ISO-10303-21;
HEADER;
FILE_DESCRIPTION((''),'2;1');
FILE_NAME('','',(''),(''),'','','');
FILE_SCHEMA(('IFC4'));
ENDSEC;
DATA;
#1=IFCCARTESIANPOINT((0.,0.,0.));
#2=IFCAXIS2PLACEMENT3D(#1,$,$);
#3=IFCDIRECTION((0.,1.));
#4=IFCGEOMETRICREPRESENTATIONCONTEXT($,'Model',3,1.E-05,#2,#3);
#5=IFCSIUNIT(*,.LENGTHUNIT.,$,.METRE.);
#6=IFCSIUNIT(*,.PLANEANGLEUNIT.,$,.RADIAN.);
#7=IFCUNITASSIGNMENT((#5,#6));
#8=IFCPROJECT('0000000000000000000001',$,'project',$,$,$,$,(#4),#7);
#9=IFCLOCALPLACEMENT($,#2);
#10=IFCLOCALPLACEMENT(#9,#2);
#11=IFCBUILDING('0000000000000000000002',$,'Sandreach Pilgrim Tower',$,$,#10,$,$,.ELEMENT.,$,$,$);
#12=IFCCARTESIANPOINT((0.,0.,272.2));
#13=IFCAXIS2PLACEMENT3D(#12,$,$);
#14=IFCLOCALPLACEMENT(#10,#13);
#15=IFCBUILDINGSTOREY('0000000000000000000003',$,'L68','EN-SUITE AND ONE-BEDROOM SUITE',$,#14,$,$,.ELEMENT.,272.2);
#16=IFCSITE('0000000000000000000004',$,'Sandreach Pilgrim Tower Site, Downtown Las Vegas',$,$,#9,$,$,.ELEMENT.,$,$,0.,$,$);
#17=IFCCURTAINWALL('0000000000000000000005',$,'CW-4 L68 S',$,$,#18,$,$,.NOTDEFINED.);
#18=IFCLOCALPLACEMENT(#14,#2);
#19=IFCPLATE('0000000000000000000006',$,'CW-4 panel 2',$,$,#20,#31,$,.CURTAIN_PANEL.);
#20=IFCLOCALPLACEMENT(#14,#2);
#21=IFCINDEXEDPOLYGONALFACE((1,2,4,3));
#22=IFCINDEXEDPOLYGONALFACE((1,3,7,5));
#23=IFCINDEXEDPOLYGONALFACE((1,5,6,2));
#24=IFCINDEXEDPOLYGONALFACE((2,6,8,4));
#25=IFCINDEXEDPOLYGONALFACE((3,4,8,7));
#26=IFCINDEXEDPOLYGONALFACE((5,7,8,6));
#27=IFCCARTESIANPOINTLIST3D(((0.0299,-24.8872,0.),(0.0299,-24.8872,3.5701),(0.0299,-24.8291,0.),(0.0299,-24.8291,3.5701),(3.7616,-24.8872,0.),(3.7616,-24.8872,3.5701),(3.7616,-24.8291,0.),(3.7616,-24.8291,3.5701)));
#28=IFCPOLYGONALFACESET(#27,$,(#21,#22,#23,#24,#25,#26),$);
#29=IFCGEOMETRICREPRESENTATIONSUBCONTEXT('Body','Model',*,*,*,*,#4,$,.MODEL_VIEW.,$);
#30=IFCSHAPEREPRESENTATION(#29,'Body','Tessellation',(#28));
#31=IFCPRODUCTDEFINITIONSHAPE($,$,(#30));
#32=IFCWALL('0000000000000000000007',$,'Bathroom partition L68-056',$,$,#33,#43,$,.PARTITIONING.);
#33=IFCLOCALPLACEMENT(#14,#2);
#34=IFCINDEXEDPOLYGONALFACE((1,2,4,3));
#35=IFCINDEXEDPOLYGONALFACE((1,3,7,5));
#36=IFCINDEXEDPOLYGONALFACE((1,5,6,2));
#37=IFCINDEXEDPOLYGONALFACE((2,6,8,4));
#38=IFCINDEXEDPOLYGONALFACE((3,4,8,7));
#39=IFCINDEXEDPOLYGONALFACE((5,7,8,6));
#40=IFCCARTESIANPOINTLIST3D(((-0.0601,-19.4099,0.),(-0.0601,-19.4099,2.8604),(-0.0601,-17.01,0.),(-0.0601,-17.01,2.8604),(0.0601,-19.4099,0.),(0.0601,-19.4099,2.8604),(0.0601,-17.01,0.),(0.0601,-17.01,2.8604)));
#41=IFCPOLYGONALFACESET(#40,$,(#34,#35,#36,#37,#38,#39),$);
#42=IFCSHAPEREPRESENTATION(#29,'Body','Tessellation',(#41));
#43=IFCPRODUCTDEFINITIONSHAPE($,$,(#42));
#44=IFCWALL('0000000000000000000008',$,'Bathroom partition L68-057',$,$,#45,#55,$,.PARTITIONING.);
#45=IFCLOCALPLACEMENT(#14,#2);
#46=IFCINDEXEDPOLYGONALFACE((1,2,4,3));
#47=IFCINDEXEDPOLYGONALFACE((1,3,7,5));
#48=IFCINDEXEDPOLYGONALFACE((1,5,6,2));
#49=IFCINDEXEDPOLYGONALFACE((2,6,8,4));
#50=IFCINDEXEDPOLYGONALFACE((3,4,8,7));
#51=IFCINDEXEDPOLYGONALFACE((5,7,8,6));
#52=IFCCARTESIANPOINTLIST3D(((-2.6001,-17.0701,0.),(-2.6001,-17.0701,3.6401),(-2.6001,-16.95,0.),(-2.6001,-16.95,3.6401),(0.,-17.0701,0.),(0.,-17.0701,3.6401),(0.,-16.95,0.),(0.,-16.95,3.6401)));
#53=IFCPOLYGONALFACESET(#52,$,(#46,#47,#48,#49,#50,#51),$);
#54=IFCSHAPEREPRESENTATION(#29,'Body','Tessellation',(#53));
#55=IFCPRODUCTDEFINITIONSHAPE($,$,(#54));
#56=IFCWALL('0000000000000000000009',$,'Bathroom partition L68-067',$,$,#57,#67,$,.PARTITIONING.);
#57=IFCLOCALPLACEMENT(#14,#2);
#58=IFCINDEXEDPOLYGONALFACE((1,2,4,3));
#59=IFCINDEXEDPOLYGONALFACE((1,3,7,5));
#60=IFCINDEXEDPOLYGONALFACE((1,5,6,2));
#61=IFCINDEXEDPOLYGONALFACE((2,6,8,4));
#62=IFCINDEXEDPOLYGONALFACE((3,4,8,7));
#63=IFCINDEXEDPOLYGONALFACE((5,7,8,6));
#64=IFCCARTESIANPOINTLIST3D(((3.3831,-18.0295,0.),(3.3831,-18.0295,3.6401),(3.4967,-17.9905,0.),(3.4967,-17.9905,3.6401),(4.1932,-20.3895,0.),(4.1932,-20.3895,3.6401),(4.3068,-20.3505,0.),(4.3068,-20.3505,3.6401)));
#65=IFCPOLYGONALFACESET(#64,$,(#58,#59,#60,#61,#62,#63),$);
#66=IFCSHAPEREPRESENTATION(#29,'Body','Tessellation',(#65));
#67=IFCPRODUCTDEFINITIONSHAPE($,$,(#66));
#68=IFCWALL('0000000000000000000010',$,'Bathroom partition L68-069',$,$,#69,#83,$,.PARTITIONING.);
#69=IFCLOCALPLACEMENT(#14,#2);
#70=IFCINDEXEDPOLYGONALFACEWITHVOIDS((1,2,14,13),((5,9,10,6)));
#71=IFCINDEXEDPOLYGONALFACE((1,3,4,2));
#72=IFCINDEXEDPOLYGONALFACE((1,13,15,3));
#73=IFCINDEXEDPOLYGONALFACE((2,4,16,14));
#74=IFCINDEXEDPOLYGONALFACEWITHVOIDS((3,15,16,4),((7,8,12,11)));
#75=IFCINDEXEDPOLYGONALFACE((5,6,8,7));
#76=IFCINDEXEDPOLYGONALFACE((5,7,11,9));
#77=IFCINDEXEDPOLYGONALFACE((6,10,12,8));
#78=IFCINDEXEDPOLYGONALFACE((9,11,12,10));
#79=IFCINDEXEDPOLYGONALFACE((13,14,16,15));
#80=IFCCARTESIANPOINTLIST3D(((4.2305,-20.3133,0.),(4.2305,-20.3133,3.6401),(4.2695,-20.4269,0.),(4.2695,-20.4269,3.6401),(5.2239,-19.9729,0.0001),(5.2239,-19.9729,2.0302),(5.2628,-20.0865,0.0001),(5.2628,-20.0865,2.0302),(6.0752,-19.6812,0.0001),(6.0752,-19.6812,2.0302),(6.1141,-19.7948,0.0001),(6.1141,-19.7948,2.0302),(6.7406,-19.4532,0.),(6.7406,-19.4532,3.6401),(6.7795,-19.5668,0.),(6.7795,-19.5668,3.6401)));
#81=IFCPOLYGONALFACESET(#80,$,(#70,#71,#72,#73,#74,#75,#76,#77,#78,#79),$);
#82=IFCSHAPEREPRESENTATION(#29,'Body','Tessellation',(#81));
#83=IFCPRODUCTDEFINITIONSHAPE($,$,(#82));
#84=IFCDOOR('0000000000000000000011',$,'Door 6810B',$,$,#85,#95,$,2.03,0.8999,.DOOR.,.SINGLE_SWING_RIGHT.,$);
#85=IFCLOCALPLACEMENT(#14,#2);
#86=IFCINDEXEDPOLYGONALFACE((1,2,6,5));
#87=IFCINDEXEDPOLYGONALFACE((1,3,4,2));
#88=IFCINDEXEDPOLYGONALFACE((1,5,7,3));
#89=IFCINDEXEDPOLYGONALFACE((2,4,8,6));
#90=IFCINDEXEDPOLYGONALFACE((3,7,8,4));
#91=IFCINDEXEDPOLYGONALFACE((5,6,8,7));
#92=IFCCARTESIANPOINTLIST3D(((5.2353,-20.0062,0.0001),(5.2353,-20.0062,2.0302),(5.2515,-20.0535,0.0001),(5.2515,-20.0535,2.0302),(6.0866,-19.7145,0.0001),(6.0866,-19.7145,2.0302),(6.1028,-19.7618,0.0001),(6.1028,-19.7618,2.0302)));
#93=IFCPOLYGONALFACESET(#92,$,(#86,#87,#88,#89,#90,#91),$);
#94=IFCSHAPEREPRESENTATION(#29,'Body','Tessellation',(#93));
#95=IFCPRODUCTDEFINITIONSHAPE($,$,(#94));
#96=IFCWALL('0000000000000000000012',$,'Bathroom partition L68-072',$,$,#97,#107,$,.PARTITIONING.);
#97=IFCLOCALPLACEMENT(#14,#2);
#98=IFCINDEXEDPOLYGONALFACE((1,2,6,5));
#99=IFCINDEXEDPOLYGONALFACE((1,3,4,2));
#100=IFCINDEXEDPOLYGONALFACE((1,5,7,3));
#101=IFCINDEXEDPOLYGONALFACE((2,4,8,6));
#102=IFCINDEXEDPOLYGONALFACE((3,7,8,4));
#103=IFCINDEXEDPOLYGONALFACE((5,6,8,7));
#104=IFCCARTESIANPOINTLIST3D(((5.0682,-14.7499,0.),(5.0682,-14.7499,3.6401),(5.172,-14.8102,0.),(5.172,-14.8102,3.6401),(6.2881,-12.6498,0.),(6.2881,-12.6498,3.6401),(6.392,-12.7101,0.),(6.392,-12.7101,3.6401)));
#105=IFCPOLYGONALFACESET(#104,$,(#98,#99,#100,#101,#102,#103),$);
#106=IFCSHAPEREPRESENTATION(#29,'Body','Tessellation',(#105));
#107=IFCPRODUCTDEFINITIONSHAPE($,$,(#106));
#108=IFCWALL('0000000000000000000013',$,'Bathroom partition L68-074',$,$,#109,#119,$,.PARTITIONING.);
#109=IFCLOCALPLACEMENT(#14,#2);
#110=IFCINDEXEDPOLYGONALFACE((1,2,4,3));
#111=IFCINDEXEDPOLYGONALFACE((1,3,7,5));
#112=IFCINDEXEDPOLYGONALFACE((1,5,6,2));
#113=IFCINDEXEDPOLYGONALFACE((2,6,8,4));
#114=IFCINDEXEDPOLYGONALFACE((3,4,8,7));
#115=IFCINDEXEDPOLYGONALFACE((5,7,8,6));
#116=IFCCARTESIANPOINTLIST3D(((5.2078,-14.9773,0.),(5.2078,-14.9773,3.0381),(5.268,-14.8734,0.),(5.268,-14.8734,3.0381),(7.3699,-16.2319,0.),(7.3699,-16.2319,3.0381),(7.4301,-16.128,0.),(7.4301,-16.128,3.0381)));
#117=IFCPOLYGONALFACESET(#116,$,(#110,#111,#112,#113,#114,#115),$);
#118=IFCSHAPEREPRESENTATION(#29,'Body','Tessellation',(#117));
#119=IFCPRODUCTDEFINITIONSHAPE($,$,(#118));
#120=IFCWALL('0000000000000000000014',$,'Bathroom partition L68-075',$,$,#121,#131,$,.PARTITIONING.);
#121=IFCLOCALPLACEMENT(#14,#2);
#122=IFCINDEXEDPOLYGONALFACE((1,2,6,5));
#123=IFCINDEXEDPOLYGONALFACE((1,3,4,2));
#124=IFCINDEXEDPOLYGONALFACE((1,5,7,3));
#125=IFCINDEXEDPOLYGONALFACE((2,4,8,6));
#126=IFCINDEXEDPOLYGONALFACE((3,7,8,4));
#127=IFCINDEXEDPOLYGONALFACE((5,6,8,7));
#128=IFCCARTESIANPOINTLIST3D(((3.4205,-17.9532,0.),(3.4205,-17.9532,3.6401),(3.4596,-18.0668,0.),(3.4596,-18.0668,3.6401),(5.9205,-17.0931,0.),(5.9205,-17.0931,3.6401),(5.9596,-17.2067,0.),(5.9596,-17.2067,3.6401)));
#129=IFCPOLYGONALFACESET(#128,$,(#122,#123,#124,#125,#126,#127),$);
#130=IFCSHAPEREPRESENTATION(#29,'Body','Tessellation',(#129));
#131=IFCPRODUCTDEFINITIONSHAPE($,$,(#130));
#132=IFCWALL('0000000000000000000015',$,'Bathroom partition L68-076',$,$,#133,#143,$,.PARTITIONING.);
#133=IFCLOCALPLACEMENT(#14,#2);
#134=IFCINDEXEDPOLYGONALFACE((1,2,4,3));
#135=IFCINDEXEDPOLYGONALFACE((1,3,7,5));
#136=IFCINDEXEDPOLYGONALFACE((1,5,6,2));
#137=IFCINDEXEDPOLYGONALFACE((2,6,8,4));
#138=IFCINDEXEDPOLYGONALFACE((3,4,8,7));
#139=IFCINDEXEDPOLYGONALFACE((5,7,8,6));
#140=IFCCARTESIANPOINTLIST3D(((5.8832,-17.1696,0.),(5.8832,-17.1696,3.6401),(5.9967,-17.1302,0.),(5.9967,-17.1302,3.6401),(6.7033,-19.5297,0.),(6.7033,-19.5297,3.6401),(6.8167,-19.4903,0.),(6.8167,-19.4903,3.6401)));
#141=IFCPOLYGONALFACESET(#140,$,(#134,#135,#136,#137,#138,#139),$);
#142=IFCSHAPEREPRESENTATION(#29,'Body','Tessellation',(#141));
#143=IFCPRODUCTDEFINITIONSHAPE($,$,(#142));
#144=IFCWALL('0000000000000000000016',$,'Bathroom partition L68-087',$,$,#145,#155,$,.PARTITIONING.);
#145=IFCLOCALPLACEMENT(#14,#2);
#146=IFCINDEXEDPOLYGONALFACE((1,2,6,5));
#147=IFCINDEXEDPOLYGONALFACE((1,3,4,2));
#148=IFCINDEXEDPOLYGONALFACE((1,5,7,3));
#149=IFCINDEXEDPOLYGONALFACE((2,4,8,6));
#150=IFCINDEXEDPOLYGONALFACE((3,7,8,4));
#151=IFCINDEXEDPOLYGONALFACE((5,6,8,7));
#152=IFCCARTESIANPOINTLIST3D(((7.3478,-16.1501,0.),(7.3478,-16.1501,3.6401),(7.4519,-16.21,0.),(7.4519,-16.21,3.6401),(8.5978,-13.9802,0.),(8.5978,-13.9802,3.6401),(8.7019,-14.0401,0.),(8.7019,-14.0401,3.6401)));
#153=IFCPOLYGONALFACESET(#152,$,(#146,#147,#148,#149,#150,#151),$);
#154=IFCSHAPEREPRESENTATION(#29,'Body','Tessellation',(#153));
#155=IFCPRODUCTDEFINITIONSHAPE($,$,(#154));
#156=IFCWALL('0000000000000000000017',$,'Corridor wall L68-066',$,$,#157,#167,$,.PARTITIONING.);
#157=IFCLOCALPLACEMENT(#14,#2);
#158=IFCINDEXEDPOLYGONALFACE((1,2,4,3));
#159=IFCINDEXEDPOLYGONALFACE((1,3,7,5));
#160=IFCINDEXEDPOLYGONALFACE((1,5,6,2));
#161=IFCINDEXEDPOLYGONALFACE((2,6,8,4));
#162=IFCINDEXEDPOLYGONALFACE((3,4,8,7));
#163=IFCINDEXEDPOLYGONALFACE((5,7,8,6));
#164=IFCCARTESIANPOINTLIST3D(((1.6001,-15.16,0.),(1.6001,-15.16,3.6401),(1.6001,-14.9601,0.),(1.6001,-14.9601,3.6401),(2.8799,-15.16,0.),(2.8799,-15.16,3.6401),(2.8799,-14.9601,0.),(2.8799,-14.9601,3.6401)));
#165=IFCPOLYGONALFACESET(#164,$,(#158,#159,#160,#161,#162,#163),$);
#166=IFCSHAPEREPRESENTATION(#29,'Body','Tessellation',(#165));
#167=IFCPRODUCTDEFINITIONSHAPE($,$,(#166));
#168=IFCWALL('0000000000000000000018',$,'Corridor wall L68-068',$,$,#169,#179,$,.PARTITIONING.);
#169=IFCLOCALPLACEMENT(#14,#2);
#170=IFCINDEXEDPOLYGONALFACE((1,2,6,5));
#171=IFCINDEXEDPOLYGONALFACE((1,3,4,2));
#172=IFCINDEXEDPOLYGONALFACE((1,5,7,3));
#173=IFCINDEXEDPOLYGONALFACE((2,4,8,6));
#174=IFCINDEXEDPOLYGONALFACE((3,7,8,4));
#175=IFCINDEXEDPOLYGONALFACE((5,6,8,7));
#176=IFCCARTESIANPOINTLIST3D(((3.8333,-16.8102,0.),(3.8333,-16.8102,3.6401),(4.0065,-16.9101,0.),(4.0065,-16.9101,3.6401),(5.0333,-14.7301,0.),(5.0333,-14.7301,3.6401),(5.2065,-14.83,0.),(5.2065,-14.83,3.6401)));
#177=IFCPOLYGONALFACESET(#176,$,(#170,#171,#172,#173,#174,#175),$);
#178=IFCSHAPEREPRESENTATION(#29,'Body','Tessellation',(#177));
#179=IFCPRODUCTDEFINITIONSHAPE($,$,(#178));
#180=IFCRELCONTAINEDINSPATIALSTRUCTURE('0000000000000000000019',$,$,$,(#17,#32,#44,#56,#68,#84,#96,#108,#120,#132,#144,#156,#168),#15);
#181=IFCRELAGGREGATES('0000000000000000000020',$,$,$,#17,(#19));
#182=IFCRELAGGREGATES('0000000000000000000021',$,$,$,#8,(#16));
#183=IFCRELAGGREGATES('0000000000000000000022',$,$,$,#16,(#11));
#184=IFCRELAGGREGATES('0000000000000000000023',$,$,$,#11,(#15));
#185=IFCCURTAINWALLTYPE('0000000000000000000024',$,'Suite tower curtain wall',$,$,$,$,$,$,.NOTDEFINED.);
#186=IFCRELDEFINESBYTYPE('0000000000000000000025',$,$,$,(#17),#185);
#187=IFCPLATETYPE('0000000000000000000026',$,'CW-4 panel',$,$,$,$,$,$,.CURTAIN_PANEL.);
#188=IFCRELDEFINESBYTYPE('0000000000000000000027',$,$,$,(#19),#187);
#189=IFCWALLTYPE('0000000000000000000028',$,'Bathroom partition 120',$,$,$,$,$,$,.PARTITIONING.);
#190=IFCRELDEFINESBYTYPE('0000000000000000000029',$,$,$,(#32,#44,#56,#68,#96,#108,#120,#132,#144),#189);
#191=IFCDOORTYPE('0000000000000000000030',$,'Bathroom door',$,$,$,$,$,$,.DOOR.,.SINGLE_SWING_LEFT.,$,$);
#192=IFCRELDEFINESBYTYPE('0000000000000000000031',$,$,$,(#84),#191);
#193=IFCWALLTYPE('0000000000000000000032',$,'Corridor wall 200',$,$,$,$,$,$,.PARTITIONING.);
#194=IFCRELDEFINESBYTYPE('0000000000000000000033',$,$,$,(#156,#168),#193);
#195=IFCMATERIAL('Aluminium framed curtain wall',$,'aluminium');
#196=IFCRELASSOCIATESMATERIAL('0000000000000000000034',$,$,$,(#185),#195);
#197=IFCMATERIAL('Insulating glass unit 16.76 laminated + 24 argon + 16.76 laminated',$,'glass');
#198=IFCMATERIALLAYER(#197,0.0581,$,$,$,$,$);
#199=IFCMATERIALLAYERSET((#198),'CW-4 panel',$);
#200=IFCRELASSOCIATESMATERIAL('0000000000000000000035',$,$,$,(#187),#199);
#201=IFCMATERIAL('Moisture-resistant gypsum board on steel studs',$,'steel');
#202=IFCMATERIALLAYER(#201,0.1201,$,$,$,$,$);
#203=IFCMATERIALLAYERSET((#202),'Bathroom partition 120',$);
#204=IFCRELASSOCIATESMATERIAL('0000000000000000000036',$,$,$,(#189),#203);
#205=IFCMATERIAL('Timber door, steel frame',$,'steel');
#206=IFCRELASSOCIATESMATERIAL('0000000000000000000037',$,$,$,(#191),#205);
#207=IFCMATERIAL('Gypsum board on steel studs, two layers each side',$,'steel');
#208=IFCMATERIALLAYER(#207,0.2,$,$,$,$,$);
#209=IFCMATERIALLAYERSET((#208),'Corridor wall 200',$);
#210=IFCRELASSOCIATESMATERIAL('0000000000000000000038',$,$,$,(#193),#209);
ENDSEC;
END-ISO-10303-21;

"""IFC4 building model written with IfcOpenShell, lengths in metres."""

from ifc_helpers import new_model, si_unit, direction, frame, frame_2d, origin, origin_2d, place, context, subcontext, project, spatial, rectangle, extrude, material, layer, layer_set, type_object, element, fill, aggregate, save


model = new_model("IFC4")

# Units and contexts
model_context = context("Model", 3, precision=1e-05, world=origin(), true_north=direction((0.0, 1.0)))
body_context = subcontext(model_context, "Body", "Model", "MODEL_VIEW")
ifc_project = project(units=[si_unit("LENGTHUNIT", "METRE"), si_unit("PLANEANGLEUNIT", "RADIAN")], contexts=[model_context])

# Site, building, storey
site_placement = place(None, origin())
site = spatial("IfcSite", under=ifc_project, at=site_placement, Name="Sandreach Pilgrim Tower Site, Downtown Las Vegas", CompositionType="ELEMENT", RefElevation=0.0)
building_placement = place(site_placement, origin())
building = spatial("IfcBuilding", under=site, at=building_placement, Name="Sandreach Pilgrim Tower", CompositionType="ELEMENT")
storey_placement = place(building_placement, frame((0.0, 0.0, 272.2)))
storey = spatial("IfcBuildingStorey", under=building, at=storey_placement, Name="L68", Description="EN-SUITE AND ONE-BEDROOM SUITE", CompositionType="ELEMENT", Elevation=272.2)

# Curtain wall
ifc_material_1 = material(Name="Aluminium framed curtain wall", Category="aluminium")
curtain_wall_type = type_object("IfcCurtainWallType", Name="Suite tower curtain wall", PredefinedType="NOTDEFINED", material=ifc_material_1)
curtain_wall_placement = place(storey_placement, origin())
curtain_wall = element("IfcCurtainWall", 1, at=curtain_wall_placement, inside=storey, type_object=curtain_wall_type, Name="CW-4 L68 S", PredefinedType="NOTDEFINED")

# Plate
ifc_material_2 = material(Name="Insulating glass unit 16.76 laminated + 24 argon + 16.76 laminated", Category="glass")
ifc_layer_1 = layer(ifc_material_2, 0.0581)
ifc_layer_set_1 = layer_set([ifc_layer_1], Name="CW-4 panel")
plate_type = type_object("IfcPlateType", Name="CW-4 panel", PredefinedType="CURTAIN_PANEL", material=ifc_layer_set_1)
plate_1_placement = place(storey_placement, frame((1.8958, -24.8582, 0.0), z_axis=(0.0, 0.0, 1.0), x_axis=(-1.0, 0.0, 0.0)))
plate_1 = element("IfcPlate", 2, at=plate_1_placement, type_object=plate_type, Name="CW-4 panel 2", PredefinedType="CURTAIN_PANEL", context=body_context, shape_type="SweptSolid", body=[
    extrude(rectangle(XDim=3.7317, YDim=0.0581, at=origin_2d()), origin(), (0.0, 0.0, 1.0), 3.5701),
])
aggregate(curtain_wall, [plate_1])

# Walls
ifc_material_3 = material(Name="Moisture-resistant gypsum board on steel studs", Category="steel")
ifc_layer_2 = layer(ifc_material_3, 0.1201)
ifc_layer_set_2 = layer_set([ifc_layer_2], Name="Bathroom partition 120")
wall_type_1 = type_object("IfcWallType", Name="Bathroom partition 120", PredefinedType="PARTITIONING", material=ifc_layer_set_2)
wall_1_placement = place(storey_placement, frame((0.0, -19.4099, 0.0), z_axis=(0.0, 0.0, 1.0), x_axis=(0.0, 1.0, 0.0)))
element("IfcWall", 3, at=wall_1_placement, inside=storey, type_object=wall_type_1, Name="Bathroom partition L68-056", PredefinedType="PARTITIONING", context=body_context, shape_type="SweptSolid", body=[
    extrude(rectangle(XDim=2.3999, YDim=0.1201, at=frame_2d((1.2, 0.0))), origin(), (0.0, 0.0, 1.0), 2.8604),
])
wall_2_placement = place(storey_placement, frame((0.0, -17.01, 0.0), z_axis=(0.0, 0.0, 1.0), x_axis=(-1.0, 0.0, 0.0)))
element("IfcWall", 4, at=wall_2_placement, inside=storey, type_object=wall_type_1, Name="Bathroom partition L68-057", PredefinedType="PARTITIONING", context=body_context, shape_type="SweptSolid", body=[
    extrude(rectangle(XDim=2.6001, YDim=0.1201, at=frame_2d((1.3, 0.0))), origin(), (0.0, 0.0, 1.0), 3.6401),
])
wall_3_placement = place(storey_placement, frame((3.4399, -18.01, 0.0), z_axis=(0.0, 0.0, 1.0), x_axis=(0.32467, -0.945828, 0.0)))
element("IfcWall", 5, at=wall_3_placement, inside=storey, type_object=wall_type_1, Name="Bathroom partition L68-067", PredefinedType="PARTITIONING", context=body_context, shape_type="SweptSolid", body=[
    extrude(rectangle(XDim=2.4951, YDim=0.1201, at=frame_2d((1.2476, 0.0))), origin(), (0.0, 0.0, 1.0), 3.6401),
])

# Wall, opening, door
wall_4_placement = place(storey_placement, frame((4.25, -20.3701, 0.0), z_axis=(0.0, 0.0, 1.0), x_axis=(0.946, 0.324167, 0.0)))
wall_4 = element("IfcWall", 6, at=wall_4_placement, inside=storey, type_object=wall_type_1, Name="Bathroom partition L68-069", PredefinedType="PARTITIONING", context=body_context, shape_type="SweptSolid", body=[
    extrude(rectangle(XDim=2.6533, YDim=0.1201, at=frame_2d((1.3267, 0.0))), origin(), (0.0, 0.0, 1.0), 3.6401),
])
opening_1_placement = place(wall_4_placement, frame((1.05, 0.0, 0.0)))
opening_1 = element("IfcOpeningElement", 7, at=opening_1_placement, cuts=wall_4, PredefinedType="OPENING", context=body_context, shape_type="SweptSolid", body=[
    extrude(rectangle(XDim=0.8999, YDim=2.03, at=frame_2d((0.45, 1.0151))), frame((0.0, 0.0601, 0.0), z_axis=(0.0, -1.0, 0.0), x_axis=(1.0, 0.0, 0.0)), (0.0, 0.0, 1.0), 0.1201),
])
ifc_material_4 = material(Name="Timber door, steel frame", Category="steel")
door_type_1 = type_object("IfcDoorType", Name="Bathroom door", OperationType="SINGLE_SWING_LEFT", PredefinedType="DOOR", material=ifc_material_4)
door_1_placement = place(opening_1_placement, origin())
door_1 = element("IfcDoor", 8, at=door_1_placement, inside=storey, type_object=door_type_1, Name="Door 6810B", OperationType="SINGLE_SWING_RIGHT", OverallHeight=2.03, OverallWidth=0.8999, PredefinedType="DOOR", context=body_context, shape_type="SweptSolid", body=[
    extrude(rectangle(XDim=0.8999, YDim=2.03, at=frame_2d((0.45, 1.0151))), frame((0.0, 0.0249, 0.0), z_axis=(0.0, -1.0, 0.0), x_axis=(1.0, 0.0, 0.0)), (0.0, 0.0, 1.0), 0.05),
])
fill(opening_1, door_1)

# Walls
wall_5_placement = place(storey_placement, frame((5.1201, -14.78, 0.0), z_axis=(0.0, 0.0, 1.0), x_axis=(0.502308, 0.864689, 0.0)))
element("IfcWall", 9, at=wall_5_placement, inside=storey, type_object=wall_type_1, Name="Bathroom partition L68-072", PredefinedType="PARTITIONING", context=body_context, shape_type="SweptSolid", body=[
    extrude(rectangle(XDim=2.4287, YDim=0.1201, at=frame_2d((1.2144, 0.0))), origin(), (0.0, 0.0, 1.0), 3.6401),
])
wall_6_placement = place(storey_placement, frame((5.2378, -14.9253, 0.0), z_axis=(0.0, 0.0, 1.0), x_axis=(0.864924, -0.501902, 0.0)))
element("IfcWall", 10, at=wall_6_placement, inside=storey, type_object=wall_type_1, Name="Bathroom partition L68-074", PredefinedType="PARTITIONING", context=body_context, shape_type="SweptSolid", body=[
    extrude(rectangle(XDim=2.4998, YDim=0.1201, at=frame_2d((1.25, 0.0))), origin(), (0.0, 0.0, 1.0), 3.0381),
])
wall_7_placement = place(storey_placement, frame((5.9399, -17.1499, 0.0), z_axis=(0.0, 0.0, 1.0), x_axis=(-0.945601, -0.325328, 0.0)))
element("IfcWall", 11, at=wall_7_placement, inside=storey, type_object=wall_type_1, Name="Bathroom partition L68-075", PredefinedType="PARTITIONING", context=body_context, shape_type="SweptSolid", body=[
    extrude(rectangle(XDim=2.6438, YDim=0.1201, at=frame_2d((1.3218, 0.0))), origin(), (0.0, 0.0, 1.0), 3.6401),
])
wall_8_placement = place(storey_placement, frame((5.9399, -17.1499, 0.0), z_axis=(0.0, 0.0, 1.0), x_axis=(0.328221, -0.944601, 0.0)))
element("IfcWall", 12, at=wall_8_placement, inside=storey, type_object=wall_type_1, Name="Bathroom partition L68-076", PredefinedType="PARTITIONING", context=body_context, shape_type="SweptSolid", body=[
    extrude(rectangle(XDim=2.4985, YDim=0.1201, at=frame_2d((1.2493, 0.0))), origin(), (0.0, 0.0, 1.0), 3.6401),
])
wall_9_placement = place(storey_placement, frame((7.3999, -16.1799, 0.0), z_axis=(0.0, 0.0, 1.0), x_axis=(0.49916, 0.86651, 0.0)))
element("IfcWall", 13, at=wall_9_placement, inside=storey, type_object=wall_type_1, Name="Bathroom partition L68-087", PredefinedType="PARTITIONING", context=body_context, shape_type="SweptSolid", body=[
    extrude(rectangle(XDim=2.5042, YDim=0.1201, at=frame_2d((1.252, 0.0))), origin(), (0.0, 0.0, 1.0), 3.6401),
])

# Shared definitions
ifc_material_5 = material(Name="Gypsum board on steel studs, two layers each side", Category="steel")
ifc_layer_3 = layer(ifc_material_5, 0.2)
ifc_layer_set_3 = layer_set([ifc_layer_3], Name="Corridor wall 200")
wall_type_2 = type_object("IfcWallType", Name="Corridor wall 200", PredefinedType="PARTITIONING", material=ifc_layer_set_3)

# Walls
wall_10_placement = place(storey_placement, frame((2.8799, -15.0601, 0.0), z_axis=(0.0, 0.0, 1.0), x_axis=(-1.0, 0.0, 0.0)))
element("IfcWall", 14, at=wall_10_placement, inside=storey, type_object=wall_type_2, Name="Corridor wall L68-066", PredefinedType="PARTITIONING", context=body_context, shape_type="SweptSolid", body=[
    extrude(rectangle(XDim=1.2798, YDim=0.2, at=frame_2d((0.6399, 0.0))), origin(), (0.0, 0.0, 1.0), 3.6401),
])
wall_11_placement = place(storey_placement, frame((3.9199, -16.8601, 0.0), z_axis=(0.0, 0.0, 1.0), x_axis=(0.499693, 0.866203, 0.0)))
element("IfcWall", 15, at=wall_11_placement, inside=storey, type_object=wall_type_2, Name="Corridor wall L68-068", PredefinedType="PARTITIONING", context=body_context, shape_type="SweptSolid", body=[
    extrude(rectangle(XDim=2.4014, YDim=0.2, at=frame_2d((1.2007, 0.0))), origin(), (0.0, 0.0, 1.0), 3.6401),
])

save(model, "model.ifc")
